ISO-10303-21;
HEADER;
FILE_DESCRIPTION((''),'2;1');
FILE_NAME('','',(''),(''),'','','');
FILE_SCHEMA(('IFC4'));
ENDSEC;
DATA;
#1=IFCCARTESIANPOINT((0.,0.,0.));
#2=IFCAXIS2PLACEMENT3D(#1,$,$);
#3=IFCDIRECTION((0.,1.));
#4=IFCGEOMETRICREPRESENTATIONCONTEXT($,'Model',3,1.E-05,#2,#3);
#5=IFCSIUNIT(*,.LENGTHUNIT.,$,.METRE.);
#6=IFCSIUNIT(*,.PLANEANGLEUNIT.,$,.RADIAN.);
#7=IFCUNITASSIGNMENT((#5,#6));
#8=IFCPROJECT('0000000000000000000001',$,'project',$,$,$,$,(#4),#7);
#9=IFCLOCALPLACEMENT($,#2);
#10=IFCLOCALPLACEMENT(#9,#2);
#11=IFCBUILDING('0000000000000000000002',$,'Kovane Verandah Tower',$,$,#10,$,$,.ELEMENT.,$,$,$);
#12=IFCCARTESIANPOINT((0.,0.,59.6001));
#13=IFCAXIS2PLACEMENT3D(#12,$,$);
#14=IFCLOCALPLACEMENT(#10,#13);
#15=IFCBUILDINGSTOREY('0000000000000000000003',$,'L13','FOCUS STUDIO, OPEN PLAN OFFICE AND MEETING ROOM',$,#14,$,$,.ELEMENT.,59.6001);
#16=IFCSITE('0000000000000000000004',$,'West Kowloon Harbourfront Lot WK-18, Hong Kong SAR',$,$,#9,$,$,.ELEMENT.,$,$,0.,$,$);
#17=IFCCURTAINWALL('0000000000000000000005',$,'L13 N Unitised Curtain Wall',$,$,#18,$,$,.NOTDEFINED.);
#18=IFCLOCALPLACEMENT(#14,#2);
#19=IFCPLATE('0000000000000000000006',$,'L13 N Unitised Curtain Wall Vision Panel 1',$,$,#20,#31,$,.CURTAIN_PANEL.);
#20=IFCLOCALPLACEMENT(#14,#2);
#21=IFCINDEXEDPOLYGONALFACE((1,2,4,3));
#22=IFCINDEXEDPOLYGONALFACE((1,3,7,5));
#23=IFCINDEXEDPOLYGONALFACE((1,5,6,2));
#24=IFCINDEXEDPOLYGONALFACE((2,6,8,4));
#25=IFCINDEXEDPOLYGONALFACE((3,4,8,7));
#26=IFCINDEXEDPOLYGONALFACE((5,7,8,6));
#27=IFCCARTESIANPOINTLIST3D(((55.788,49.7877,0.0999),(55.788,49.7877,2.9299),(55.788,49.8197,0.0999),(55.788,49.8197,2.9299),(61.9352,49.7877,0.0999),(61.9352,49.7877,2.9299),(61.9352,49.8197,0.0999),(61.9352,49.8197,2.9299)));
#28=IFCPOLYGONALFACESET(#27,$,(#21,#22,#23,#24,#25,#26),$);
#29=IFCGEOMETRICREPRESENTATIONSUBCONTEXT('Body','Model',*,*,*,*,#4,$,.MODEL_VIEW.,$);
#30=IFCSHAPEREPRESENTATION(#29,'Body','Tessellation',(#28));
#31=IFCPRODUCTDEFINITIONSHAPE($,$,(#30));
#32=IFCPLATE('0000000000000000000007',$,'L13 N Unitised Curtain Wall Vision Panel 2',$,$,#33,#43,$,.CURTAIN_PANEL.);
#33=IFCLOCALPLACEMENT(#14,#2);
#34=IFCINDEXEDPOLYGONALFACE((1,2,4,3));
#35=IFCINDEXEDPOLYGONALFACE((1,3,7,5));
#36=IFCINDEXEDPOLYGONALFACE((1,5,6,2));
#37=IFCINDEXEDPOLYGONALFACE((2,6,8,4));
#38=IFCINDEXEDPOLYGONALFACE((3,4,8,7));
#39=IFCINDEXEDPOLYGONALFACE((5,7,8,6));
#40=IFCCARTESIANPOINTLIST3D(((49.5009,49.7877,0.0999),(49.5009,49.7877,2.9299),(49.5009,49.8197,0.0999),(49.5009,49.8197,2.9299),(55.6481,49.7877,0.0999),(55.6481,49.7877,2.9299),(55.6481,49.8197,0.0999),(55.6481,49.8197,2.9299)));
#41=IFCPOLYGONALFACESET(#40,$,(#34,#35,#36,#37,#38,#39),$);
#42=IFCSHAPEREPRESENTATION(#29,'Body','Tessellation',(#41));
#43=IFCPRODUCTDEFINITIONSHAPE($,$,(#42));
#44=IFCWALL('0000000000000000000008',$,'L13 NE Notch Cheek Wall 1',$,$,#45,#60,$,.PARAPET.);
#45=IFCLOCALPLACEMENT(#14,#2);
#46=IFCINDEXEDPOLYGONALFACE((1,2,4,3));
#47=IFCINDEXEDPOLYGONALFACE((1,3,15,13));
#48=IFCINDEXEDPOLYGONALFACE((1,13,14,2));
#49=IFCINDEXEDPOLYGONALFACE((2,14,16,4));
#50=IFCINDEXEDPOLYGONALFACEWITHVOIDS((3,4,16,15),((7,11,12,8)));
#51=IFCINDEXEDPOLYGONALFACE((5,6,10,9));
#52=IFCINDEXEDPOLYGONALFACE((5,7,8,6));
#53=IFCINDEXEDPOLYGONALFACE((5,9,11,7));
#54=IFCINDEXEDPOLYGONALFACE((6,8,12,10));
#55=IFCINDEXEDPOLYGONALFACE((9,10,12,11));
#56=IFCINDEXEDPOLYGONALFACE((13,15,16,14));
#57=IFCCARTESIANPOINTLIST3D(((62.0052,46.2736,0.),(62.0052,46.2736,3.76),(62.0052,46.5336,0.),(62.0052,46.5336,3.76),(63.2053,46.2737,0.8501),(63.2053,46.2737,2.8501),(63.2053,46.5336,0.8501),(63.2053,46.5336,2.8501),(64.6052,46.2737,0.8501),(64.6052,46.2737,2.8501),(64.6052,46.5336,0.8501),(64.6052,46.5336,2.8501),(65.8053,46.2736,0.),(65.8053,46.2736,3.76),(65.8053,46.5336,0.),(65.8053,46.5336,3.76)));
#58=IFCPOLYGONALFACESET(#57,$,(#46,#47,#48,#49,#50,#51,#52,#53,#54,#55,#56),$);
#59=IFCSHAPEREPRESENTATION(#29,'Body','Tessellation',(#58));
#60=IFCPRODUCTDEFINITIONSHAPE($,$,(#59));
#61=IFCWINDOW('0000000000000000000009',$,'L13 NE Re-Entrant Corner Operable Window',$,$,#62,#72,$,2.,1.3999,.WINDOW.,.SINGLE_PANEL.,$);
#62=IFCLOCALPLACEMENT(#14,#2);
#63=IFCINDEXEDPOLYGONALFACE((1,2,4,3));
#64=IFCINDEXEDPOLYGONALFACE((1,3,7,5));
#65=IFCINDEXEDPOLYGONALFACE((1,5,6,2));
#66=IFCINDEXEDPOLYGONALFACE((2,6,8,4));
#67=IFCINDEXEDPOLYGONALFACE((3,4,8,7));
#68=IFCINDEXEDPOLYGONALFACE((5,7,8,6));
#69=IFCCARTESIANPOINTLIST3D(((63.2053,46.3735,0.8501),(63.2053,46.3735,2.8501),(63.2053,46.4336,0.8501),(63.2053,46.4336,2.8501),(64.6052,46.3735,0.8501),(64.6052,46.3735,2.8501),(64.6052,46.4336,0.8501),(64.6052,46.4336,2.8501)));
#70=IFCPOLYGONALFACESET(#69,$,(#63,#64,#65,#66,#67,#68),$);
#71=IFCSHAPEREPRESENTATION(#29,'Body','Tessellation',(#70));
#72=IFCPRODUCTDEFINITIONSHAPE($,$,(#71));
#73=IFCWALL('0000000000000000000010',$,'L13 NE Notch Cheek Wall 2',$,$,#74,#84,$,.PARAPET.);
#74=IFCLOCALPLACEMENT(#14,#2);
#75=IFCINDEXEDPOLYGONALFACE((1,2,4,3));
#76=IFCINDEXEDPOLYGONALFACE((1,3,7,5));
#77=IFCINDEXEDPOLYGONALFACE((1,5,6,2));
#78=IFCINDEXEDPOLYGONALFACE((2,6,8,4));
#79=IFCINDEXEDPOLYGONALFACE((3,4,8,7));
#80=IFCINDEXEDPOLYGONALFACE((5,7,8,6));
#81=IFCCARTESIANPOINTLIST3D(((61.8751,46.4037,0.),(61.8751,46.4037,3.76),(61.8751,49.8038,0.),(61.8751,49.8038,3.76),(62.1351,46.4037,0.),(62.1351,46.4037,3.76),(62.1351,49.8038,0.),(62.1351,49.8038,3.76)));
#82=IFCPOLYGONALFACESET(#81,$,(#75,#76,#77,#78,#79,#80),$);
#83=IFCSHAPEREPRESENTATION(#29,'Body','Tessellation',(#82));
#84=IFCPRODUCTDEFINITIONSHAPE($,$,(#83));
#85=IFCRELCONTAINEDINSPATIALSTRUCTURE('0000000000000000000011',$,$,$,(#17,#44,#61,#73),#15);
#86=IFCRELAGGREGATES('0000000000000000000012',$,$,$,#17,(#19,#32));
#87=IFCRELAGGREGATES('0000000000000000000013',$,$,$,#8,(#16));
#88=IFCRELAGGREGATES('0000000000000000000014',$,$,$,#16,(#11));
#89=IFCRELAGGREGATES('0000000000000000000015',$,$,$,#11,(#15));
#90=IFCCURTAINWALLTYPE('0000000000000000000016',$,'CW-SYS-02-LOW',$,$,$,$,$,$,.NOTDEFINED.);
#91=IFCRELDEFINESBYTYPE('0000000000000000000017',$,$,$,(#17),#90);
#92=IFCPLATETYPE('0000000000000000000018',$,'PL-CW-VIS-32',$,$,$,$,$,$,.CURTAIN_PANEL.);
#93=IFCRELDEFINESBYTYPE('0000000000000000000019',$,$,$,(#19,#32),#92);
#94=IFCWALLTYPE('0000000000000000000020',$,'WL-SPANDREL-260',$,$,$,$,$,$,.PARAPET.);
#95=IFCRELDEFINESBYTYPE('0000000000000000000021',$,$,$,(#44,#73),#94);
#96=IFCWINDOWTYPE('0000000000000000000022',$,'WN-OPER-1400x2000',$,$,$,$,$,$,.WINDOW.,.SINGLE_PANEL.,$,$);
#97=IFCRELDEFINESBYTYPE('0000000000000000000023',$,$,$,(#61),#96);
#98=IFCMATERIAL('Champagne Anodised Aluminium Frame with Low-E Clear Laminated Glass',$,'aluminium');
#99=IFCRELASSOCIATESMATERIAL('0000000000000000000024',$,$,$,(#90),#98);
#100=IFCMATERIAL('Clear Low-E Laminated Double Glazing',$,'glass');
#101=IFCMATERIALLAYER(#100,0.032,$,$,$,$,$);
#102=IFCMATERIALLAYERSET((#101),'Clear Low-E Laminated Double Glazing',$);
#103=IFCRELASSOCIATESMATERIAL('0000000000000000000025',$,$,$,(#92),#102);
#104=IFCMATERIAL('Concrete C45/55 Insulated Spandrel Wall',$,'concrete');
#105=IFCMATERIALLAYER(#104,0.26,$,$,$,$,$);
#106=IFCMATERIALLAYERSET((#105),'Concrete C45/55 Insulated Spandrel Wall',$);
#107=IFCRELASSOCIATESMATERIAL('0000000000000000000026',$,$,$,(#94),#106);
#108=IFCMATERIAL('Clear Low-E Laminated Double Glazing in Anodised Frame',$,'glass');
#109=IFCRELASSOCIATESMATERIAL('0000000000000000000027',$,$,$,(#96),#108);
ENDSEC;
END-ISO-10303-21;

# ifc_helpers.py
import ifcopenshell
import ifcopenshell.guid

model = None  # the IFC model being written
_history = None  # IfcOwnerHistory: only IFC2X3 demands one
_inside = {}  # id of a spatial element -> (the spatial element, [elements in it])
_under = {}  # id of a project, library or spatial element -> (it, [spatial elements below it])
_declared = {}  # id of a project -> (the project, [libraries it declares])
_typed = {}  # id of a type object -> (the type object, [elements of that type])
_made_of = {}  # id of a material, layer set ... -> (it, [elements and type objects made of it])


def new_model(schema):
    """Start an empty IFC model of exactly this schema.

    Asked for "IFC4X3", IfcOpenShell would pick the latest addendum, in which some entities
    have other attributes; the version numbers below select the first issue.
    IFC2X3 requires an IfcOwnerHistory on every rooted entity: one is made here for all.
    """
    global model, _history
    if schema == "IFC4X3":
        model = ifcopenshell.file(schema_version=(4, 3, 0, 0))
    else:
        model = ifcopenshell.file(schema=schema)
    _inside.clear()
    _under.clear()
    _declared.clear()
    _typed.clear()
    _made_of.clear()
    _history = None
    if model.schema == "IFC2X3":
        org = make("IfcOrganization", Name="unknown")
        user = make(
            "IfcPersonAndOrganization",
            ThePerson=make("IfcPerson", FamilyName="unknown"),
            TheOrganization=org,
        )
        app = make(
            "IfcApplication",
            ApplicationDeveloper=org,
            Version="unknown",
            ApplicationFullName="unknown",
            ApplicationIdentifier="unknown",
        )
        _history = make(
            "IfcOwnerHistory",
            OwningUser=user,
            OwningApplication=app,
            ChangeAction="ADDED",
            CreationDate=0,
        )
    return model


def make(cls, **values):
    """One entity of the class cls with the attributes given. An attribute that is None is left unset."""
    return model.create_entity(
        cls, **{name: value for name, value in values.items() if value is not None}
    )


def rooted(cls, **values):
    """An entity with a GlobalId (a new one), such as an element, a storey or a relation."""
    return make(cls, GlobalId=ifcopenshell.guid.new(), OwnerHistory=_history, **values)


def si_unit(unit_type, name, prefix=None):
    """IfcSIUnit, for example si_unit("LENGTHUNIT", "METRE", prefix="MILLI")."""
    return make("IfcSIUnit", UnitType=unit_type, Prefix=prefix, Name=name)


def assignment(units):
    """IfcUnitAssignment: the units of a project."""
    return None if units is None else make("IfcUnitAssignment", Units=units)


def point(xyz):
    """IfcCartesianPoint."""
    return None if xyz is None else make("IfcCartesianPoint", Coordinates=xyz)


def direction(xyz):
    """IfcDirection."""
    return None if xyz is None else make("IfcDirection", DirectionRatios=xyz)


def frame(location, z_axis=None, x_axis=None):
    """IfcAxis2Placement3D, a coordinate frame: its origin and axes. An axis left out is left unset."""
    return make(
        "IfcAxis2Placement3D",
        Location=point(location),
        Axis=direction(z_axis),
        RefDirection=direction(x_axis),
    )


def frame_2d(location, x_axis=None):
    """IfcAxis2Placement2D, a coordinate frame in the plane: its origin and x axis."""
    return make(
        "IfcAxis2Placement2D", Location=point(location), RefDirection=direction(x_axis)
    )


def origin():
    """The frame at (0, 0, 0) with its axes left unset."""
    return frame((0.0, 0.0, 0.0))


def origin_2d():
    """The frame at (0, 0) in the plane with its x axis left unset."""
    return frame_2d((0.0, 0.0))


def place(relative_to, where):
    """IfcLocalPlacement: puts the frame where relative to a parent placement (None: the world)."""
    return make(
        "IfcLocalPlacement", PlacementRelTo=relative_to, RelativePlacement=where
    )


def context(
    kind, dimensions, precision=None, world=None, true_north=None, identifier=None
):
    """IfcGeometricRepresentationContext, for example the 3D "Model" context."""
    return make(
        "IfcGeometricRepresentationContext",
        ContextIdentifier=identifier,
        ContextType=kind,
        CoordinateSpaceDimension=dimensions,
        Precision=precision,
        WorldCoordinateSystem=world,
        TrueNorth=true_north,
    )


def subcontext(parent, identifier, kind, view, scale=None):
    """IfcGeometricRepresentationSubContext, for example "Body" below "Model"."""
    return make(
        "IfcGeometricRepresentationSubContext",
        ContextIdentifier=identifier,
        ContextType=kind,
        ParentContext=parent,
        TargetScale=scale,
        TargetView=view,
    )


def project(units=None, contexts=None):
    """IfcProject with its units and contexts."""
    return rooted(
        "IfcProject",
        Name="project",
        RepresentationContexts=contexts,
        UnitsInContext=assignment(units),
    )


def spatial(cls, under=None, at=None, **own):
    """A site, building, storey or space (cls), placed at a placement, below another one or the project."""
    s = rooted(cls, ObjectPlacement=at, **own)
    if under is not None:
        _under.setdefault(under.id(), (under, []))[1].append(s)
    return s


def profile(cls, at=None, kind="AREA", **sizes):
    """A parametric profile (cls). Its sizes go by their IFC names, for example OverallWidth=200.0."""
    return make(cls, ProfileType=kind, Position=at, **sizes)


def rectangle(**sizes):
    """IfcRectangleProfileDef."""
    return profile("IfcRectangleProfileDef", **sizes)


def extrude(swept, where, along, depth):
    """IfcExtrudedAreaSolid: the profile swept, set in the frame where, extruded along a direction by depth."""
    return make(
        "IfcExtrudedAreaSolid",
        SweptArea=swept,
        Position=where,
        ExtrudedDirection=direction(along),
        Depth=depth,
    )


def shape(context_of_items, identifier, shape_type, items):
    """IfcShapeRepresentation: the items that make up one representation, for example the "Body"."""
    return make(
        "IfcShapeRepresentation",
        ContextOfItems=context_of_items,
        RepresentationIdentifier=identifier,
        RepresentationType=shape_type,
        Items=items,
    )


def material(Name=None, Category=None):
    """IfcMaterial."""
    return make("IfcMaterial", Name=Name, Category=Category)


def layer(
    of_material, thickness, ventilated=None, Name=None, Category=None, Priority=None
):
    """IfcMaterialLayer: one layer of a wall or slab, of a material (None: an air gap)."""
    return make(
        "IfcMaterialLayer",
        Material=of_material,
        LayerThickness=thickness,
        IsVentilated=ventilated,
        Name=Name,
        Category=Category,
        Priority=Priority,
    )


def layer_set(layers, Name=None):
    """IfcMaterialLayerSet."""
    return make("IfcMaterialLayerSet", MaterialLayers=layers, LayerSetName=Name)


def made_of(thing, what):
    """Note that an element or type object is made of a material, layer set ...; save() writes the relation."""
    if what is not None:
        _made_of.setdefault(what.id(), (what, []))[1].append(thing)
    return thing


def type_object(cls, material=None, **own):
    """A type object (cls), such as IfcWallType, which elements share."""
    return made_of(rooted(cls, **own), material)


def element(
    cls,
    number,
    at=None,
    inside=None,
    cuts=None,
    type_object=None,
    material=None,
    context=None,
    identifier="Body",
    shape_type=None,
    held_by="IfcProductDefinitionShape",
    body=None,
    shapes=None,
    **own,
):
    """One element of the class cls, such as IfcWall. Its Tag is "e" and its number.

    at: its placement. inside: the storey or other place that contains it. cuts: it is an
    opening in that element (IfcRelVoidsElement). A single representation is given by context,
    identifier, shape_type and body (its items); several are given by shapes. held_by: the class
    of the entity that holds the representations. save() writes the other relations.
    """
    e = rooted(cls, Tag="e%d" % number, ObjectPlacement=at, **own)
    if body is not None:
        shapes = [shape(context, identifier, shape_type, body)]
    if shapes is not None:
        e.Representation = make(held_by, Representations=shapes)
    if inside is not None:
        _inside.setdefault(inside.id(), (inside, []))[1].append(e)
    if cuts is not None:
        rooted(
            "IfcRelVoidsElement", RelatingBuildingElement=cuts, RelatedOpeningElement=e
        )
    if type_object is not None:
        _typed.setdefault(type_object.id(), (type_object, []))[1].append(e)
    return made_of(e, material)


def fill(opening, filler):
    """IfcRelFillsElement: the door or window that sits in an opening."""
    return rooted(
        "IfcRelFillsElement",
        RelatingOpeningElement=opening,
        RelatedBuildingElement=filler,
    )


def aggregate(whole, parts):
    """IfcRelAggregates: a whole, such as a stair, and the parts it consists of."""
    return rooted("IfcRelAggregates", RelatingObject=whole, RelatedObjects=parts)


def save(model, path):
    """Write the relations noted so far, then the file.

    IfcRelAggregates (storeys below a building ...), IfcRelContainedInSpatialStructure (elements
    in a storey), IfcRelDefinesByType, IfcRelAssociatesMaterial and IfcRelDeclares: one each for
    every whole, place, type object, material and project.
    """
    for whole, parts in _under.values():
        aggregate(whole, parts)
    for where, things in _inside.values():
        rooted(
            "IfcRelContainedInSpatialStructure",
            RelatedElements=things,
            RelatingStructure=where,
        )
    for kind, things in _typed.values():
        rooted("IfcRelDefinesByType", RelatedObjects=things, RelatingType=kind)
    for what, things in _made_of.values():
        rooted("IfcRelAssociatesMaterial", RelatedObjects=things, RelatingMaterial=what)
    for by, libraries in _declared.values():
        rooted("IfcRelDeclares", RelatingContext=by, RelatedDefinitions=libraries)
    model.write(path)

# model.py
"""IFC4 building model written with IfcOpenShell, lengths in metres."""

from ifc_helpers import new_model, si_unit, direction, frame, frame_2d, origin, origin_2d, place, context, subcontext, project, spatial, rectangle, extrude, material, layer, layer_set, type_object, element, fill, aggregate, save


model = new_model("IFC4")

# Units and contexts
model_context = context("Model", 3, precision=1e-05, world=origin(), true_north=direction((0.0, 1.0)))
body_context = subcontext(model_context, "Body", "Model", "MODEL_VIEW")
ifc_project = project(units=[si_unit("LENGTHUNIT", "METRE"), si_unit("PLANEANGLEUNIT", "RADIAN")], contexts=[model_context])

# Site, building, storey
site_placement = place(None, origin())
site = spatial("IfcSite", under=ifc_project, at=site_placement, Name="West Kowloon Harbourfront Lot WK-18, Hong Kong SAR", CompositionType="ELEMENT", RefElevation=0.0)
building_placement = place(site_placement, origin())
building = spatial("IfcBuilding", under=site, at=building_placement, Name="Kovane Verandah Tower", CompositionType="ELEMENT")
storey_placement = place(building_placement, frame((0.0, 0.0, 59.6001)))
storey = spatial("IfcBuildingStorey", under=building, at=storey_placement, Name="L13", Description="FOCUS STUDIO, OPEN PLAN OFFICE AND MEETING ROOM", CompositionType="ELEMENT", Elevation=59.6001)

# Shared definitions
ifc_material_1 = material(Name="Champagne Anodised Aluminium Frame with Low-E Clear Laminated Glass", Category="aluminium")
curtain_wall_type = type_object("IfcCurtainWallType", Name="CW-SYS-02-LOW", PredefinedType="NOTDEFINED", material=ifc_material_1)

# Curtain wall
curtain_wall_1_placement = place(storey_placement, origin())
curtain_wall_1 = element("IfcCurtainWall", 1, at=curtain_wall_1_placement, inside=storey, type_object=curtain_wall_type, Name="L13 N Unitised Curtain Wall", PredefinedType="NOTDEFINED")

# Plates
ifc_material_2 = material(Name="Clear Low-E Laminated Double Glazing", Category="glass")
ifc_layer_1 = layer(ifc_material_2, 0.032)
ifc_layer_set_1 = layer_set([ifc_layer_1], Name="Clear Low-E Laminated Double Glazing")
plate_type_1 = type_object("IfcPlateType", Name="PL-CW-VIS-32", PredefinedType="CURTAIN_PANEL", material=ifc_layer_set_1)
plate_1_placement = place(storey_placement, frame((58.8616, 49.8037, 0.0999), z_axis=(0.0, 0.0, 1.0), x_axis=(-1.0, 0.0, 0.0)))
plate_1 = element("IfcPlate", 2, at=plate_1_placement, type_object=plate_type_1, Name="L13 N Unitised Curtain Wall Vision Panel 1", PredefinedType="CURTAIN_PANEL", context=body_context, shape_type="SweptSolid", body=[
    extrude(rectangle(XDim=6.1472, YDim=0.032, at=origin_2d()), origin(), (0.0, 0.0, 1.0), 2.8301),
])
plate_2_placement = place(storey_placement, frame((52.5745, 49.8037, 0.0999), z_axis=(0.0, 0.0, 1.0), x_axis=(-1.0, 0.0, 0.0)))
plate_2 = element("IfcPlate", 3, at=plate_2_placement, type_object=plate_type_1, Name="L13 N Unitised Curtain Wall Vision Panel 2", PredefinedType="CURTAIN_PANEL", context=body_context, shape_type="SweptSolid", body=[
    extrude(rectangle(XDim=6.1472, YDim=0.032, at=origin_2d()), origin(), (0.0, 0.0, 1.0), 2.8301),
])
aggregate(curtain_wall_1, [plate_1, plate_2])

# Wall, opening, window
ifc_material_3 = material(Name="Concrete C45/55 Insulated Spandrel Wall", Category="concrete")
ifc_layer_2 = layer(ifc_material_3, 0.26)
ifc_layer_set_2 = layer_set([ifc_layer_2], Name="Concrete C45/55 Insulated Spandrel Wall")
wall_type = type_object("IfcWallType", Name="WL-SPANDREL-260", PredefinedType="PARAPET", material=ifc_layer_set_2)
wall_1_placement = place(storey_placement, frame((65.8052, 46.4036, 0.0), z_axis=(0.0, 0.0, 1.0), x_axis=(-1.0, 0.0, 0.0)))
wall_1 = element("IfcWall", 4, at=wall_1_placement, inside=storey, type_object=wall_type, Name="L13 NE Notch Cheek Wall 1", PredefinedType="PARAPET", context=body_context, shape_type="SweptSolid", body=[
    extrude(rectangle(XDim=3.8, YDim=0.26, at=frame_2d((1.8999, 0.0))), origin(), (0.0, 0.0, 1.0), 3.76),
])
opening_placement = place(wall_1_placement, frame((1.2, 0.0, 0.8501)))
opening = element("IfcOpeningElement", 5, at=opening_placement, cuts=wall_1, PredefinedType="OPENING", context=body_context, shape_type="SweptSolid", body=[
    extrude(rectangle(XDim=1.3999, YDim=2.0, at=frame_2d((0.7, 1.0))), frame((0.0, 0.1299, 0.0), z_axis=(0.0, -1.0, 0.0), x_axis=(1.0, 0.0, 0.0)), (0.0, 0.0, 1.0), 0.26),
])
ifc_material_4 = material(Name="Clear Low-E Laminated Double Glazing in Anodised Frame", Category="glass")
window_type = type_object("IfcWindowType", Name="WN-OPER-1400x2000", PartitioningType="SINGLE_PANEL", PredefinedType="WINDOW", material=ifc_material_4)
window_placement = place(opening_placement, origin())
window = element("IfcWindow", 6, at=window_placement, inside=storey, type_object=window_type, Name="L13 NE Re-Entrant Corner Operable Window", OverallHeight=2.0, OverallWidth=1.3999, PartitioningType="SINGLE_PANEL", PredefinedType="WINDOW", context=body_context, shape_type="SweptSolid", body=[
    extrude(rectangle(XDim=1.3999, YDim=2.0, at=frame_2d((0.7, 1.0))), frame((0.0, 0.03, 0.0), z_axis=(0.0, -1.0, 0.0), x_axis=(1.0, 0.0, 0.0)), (0.0, 0.0, 1.0), 0.0601),
])
fill(opening, window)

# Wall
wall_2_placement = place(storey_placement, frame((62.0051, 46.4036, 0.0), z_axis=(0.0, 0.0, 1.0), x_axis=(0.0, 1.0, 0.0)))
element("IfcWall", 7, at=wall_2_placement, inside=storey, type_object=wall_type, Name="L13 NE Notch Cheek Wall 2", PredefinedType="PARAPET", context=body_context, shape_type="SweptSolid", body=[
    extrude(rectangle(XDim=3.4001, YDim=0.26, at=frame_2d((1.7002, 0.0))), origin(), (0.0, 0.0, 1.0), 3.76),
])

save(model, "model.ifc")
